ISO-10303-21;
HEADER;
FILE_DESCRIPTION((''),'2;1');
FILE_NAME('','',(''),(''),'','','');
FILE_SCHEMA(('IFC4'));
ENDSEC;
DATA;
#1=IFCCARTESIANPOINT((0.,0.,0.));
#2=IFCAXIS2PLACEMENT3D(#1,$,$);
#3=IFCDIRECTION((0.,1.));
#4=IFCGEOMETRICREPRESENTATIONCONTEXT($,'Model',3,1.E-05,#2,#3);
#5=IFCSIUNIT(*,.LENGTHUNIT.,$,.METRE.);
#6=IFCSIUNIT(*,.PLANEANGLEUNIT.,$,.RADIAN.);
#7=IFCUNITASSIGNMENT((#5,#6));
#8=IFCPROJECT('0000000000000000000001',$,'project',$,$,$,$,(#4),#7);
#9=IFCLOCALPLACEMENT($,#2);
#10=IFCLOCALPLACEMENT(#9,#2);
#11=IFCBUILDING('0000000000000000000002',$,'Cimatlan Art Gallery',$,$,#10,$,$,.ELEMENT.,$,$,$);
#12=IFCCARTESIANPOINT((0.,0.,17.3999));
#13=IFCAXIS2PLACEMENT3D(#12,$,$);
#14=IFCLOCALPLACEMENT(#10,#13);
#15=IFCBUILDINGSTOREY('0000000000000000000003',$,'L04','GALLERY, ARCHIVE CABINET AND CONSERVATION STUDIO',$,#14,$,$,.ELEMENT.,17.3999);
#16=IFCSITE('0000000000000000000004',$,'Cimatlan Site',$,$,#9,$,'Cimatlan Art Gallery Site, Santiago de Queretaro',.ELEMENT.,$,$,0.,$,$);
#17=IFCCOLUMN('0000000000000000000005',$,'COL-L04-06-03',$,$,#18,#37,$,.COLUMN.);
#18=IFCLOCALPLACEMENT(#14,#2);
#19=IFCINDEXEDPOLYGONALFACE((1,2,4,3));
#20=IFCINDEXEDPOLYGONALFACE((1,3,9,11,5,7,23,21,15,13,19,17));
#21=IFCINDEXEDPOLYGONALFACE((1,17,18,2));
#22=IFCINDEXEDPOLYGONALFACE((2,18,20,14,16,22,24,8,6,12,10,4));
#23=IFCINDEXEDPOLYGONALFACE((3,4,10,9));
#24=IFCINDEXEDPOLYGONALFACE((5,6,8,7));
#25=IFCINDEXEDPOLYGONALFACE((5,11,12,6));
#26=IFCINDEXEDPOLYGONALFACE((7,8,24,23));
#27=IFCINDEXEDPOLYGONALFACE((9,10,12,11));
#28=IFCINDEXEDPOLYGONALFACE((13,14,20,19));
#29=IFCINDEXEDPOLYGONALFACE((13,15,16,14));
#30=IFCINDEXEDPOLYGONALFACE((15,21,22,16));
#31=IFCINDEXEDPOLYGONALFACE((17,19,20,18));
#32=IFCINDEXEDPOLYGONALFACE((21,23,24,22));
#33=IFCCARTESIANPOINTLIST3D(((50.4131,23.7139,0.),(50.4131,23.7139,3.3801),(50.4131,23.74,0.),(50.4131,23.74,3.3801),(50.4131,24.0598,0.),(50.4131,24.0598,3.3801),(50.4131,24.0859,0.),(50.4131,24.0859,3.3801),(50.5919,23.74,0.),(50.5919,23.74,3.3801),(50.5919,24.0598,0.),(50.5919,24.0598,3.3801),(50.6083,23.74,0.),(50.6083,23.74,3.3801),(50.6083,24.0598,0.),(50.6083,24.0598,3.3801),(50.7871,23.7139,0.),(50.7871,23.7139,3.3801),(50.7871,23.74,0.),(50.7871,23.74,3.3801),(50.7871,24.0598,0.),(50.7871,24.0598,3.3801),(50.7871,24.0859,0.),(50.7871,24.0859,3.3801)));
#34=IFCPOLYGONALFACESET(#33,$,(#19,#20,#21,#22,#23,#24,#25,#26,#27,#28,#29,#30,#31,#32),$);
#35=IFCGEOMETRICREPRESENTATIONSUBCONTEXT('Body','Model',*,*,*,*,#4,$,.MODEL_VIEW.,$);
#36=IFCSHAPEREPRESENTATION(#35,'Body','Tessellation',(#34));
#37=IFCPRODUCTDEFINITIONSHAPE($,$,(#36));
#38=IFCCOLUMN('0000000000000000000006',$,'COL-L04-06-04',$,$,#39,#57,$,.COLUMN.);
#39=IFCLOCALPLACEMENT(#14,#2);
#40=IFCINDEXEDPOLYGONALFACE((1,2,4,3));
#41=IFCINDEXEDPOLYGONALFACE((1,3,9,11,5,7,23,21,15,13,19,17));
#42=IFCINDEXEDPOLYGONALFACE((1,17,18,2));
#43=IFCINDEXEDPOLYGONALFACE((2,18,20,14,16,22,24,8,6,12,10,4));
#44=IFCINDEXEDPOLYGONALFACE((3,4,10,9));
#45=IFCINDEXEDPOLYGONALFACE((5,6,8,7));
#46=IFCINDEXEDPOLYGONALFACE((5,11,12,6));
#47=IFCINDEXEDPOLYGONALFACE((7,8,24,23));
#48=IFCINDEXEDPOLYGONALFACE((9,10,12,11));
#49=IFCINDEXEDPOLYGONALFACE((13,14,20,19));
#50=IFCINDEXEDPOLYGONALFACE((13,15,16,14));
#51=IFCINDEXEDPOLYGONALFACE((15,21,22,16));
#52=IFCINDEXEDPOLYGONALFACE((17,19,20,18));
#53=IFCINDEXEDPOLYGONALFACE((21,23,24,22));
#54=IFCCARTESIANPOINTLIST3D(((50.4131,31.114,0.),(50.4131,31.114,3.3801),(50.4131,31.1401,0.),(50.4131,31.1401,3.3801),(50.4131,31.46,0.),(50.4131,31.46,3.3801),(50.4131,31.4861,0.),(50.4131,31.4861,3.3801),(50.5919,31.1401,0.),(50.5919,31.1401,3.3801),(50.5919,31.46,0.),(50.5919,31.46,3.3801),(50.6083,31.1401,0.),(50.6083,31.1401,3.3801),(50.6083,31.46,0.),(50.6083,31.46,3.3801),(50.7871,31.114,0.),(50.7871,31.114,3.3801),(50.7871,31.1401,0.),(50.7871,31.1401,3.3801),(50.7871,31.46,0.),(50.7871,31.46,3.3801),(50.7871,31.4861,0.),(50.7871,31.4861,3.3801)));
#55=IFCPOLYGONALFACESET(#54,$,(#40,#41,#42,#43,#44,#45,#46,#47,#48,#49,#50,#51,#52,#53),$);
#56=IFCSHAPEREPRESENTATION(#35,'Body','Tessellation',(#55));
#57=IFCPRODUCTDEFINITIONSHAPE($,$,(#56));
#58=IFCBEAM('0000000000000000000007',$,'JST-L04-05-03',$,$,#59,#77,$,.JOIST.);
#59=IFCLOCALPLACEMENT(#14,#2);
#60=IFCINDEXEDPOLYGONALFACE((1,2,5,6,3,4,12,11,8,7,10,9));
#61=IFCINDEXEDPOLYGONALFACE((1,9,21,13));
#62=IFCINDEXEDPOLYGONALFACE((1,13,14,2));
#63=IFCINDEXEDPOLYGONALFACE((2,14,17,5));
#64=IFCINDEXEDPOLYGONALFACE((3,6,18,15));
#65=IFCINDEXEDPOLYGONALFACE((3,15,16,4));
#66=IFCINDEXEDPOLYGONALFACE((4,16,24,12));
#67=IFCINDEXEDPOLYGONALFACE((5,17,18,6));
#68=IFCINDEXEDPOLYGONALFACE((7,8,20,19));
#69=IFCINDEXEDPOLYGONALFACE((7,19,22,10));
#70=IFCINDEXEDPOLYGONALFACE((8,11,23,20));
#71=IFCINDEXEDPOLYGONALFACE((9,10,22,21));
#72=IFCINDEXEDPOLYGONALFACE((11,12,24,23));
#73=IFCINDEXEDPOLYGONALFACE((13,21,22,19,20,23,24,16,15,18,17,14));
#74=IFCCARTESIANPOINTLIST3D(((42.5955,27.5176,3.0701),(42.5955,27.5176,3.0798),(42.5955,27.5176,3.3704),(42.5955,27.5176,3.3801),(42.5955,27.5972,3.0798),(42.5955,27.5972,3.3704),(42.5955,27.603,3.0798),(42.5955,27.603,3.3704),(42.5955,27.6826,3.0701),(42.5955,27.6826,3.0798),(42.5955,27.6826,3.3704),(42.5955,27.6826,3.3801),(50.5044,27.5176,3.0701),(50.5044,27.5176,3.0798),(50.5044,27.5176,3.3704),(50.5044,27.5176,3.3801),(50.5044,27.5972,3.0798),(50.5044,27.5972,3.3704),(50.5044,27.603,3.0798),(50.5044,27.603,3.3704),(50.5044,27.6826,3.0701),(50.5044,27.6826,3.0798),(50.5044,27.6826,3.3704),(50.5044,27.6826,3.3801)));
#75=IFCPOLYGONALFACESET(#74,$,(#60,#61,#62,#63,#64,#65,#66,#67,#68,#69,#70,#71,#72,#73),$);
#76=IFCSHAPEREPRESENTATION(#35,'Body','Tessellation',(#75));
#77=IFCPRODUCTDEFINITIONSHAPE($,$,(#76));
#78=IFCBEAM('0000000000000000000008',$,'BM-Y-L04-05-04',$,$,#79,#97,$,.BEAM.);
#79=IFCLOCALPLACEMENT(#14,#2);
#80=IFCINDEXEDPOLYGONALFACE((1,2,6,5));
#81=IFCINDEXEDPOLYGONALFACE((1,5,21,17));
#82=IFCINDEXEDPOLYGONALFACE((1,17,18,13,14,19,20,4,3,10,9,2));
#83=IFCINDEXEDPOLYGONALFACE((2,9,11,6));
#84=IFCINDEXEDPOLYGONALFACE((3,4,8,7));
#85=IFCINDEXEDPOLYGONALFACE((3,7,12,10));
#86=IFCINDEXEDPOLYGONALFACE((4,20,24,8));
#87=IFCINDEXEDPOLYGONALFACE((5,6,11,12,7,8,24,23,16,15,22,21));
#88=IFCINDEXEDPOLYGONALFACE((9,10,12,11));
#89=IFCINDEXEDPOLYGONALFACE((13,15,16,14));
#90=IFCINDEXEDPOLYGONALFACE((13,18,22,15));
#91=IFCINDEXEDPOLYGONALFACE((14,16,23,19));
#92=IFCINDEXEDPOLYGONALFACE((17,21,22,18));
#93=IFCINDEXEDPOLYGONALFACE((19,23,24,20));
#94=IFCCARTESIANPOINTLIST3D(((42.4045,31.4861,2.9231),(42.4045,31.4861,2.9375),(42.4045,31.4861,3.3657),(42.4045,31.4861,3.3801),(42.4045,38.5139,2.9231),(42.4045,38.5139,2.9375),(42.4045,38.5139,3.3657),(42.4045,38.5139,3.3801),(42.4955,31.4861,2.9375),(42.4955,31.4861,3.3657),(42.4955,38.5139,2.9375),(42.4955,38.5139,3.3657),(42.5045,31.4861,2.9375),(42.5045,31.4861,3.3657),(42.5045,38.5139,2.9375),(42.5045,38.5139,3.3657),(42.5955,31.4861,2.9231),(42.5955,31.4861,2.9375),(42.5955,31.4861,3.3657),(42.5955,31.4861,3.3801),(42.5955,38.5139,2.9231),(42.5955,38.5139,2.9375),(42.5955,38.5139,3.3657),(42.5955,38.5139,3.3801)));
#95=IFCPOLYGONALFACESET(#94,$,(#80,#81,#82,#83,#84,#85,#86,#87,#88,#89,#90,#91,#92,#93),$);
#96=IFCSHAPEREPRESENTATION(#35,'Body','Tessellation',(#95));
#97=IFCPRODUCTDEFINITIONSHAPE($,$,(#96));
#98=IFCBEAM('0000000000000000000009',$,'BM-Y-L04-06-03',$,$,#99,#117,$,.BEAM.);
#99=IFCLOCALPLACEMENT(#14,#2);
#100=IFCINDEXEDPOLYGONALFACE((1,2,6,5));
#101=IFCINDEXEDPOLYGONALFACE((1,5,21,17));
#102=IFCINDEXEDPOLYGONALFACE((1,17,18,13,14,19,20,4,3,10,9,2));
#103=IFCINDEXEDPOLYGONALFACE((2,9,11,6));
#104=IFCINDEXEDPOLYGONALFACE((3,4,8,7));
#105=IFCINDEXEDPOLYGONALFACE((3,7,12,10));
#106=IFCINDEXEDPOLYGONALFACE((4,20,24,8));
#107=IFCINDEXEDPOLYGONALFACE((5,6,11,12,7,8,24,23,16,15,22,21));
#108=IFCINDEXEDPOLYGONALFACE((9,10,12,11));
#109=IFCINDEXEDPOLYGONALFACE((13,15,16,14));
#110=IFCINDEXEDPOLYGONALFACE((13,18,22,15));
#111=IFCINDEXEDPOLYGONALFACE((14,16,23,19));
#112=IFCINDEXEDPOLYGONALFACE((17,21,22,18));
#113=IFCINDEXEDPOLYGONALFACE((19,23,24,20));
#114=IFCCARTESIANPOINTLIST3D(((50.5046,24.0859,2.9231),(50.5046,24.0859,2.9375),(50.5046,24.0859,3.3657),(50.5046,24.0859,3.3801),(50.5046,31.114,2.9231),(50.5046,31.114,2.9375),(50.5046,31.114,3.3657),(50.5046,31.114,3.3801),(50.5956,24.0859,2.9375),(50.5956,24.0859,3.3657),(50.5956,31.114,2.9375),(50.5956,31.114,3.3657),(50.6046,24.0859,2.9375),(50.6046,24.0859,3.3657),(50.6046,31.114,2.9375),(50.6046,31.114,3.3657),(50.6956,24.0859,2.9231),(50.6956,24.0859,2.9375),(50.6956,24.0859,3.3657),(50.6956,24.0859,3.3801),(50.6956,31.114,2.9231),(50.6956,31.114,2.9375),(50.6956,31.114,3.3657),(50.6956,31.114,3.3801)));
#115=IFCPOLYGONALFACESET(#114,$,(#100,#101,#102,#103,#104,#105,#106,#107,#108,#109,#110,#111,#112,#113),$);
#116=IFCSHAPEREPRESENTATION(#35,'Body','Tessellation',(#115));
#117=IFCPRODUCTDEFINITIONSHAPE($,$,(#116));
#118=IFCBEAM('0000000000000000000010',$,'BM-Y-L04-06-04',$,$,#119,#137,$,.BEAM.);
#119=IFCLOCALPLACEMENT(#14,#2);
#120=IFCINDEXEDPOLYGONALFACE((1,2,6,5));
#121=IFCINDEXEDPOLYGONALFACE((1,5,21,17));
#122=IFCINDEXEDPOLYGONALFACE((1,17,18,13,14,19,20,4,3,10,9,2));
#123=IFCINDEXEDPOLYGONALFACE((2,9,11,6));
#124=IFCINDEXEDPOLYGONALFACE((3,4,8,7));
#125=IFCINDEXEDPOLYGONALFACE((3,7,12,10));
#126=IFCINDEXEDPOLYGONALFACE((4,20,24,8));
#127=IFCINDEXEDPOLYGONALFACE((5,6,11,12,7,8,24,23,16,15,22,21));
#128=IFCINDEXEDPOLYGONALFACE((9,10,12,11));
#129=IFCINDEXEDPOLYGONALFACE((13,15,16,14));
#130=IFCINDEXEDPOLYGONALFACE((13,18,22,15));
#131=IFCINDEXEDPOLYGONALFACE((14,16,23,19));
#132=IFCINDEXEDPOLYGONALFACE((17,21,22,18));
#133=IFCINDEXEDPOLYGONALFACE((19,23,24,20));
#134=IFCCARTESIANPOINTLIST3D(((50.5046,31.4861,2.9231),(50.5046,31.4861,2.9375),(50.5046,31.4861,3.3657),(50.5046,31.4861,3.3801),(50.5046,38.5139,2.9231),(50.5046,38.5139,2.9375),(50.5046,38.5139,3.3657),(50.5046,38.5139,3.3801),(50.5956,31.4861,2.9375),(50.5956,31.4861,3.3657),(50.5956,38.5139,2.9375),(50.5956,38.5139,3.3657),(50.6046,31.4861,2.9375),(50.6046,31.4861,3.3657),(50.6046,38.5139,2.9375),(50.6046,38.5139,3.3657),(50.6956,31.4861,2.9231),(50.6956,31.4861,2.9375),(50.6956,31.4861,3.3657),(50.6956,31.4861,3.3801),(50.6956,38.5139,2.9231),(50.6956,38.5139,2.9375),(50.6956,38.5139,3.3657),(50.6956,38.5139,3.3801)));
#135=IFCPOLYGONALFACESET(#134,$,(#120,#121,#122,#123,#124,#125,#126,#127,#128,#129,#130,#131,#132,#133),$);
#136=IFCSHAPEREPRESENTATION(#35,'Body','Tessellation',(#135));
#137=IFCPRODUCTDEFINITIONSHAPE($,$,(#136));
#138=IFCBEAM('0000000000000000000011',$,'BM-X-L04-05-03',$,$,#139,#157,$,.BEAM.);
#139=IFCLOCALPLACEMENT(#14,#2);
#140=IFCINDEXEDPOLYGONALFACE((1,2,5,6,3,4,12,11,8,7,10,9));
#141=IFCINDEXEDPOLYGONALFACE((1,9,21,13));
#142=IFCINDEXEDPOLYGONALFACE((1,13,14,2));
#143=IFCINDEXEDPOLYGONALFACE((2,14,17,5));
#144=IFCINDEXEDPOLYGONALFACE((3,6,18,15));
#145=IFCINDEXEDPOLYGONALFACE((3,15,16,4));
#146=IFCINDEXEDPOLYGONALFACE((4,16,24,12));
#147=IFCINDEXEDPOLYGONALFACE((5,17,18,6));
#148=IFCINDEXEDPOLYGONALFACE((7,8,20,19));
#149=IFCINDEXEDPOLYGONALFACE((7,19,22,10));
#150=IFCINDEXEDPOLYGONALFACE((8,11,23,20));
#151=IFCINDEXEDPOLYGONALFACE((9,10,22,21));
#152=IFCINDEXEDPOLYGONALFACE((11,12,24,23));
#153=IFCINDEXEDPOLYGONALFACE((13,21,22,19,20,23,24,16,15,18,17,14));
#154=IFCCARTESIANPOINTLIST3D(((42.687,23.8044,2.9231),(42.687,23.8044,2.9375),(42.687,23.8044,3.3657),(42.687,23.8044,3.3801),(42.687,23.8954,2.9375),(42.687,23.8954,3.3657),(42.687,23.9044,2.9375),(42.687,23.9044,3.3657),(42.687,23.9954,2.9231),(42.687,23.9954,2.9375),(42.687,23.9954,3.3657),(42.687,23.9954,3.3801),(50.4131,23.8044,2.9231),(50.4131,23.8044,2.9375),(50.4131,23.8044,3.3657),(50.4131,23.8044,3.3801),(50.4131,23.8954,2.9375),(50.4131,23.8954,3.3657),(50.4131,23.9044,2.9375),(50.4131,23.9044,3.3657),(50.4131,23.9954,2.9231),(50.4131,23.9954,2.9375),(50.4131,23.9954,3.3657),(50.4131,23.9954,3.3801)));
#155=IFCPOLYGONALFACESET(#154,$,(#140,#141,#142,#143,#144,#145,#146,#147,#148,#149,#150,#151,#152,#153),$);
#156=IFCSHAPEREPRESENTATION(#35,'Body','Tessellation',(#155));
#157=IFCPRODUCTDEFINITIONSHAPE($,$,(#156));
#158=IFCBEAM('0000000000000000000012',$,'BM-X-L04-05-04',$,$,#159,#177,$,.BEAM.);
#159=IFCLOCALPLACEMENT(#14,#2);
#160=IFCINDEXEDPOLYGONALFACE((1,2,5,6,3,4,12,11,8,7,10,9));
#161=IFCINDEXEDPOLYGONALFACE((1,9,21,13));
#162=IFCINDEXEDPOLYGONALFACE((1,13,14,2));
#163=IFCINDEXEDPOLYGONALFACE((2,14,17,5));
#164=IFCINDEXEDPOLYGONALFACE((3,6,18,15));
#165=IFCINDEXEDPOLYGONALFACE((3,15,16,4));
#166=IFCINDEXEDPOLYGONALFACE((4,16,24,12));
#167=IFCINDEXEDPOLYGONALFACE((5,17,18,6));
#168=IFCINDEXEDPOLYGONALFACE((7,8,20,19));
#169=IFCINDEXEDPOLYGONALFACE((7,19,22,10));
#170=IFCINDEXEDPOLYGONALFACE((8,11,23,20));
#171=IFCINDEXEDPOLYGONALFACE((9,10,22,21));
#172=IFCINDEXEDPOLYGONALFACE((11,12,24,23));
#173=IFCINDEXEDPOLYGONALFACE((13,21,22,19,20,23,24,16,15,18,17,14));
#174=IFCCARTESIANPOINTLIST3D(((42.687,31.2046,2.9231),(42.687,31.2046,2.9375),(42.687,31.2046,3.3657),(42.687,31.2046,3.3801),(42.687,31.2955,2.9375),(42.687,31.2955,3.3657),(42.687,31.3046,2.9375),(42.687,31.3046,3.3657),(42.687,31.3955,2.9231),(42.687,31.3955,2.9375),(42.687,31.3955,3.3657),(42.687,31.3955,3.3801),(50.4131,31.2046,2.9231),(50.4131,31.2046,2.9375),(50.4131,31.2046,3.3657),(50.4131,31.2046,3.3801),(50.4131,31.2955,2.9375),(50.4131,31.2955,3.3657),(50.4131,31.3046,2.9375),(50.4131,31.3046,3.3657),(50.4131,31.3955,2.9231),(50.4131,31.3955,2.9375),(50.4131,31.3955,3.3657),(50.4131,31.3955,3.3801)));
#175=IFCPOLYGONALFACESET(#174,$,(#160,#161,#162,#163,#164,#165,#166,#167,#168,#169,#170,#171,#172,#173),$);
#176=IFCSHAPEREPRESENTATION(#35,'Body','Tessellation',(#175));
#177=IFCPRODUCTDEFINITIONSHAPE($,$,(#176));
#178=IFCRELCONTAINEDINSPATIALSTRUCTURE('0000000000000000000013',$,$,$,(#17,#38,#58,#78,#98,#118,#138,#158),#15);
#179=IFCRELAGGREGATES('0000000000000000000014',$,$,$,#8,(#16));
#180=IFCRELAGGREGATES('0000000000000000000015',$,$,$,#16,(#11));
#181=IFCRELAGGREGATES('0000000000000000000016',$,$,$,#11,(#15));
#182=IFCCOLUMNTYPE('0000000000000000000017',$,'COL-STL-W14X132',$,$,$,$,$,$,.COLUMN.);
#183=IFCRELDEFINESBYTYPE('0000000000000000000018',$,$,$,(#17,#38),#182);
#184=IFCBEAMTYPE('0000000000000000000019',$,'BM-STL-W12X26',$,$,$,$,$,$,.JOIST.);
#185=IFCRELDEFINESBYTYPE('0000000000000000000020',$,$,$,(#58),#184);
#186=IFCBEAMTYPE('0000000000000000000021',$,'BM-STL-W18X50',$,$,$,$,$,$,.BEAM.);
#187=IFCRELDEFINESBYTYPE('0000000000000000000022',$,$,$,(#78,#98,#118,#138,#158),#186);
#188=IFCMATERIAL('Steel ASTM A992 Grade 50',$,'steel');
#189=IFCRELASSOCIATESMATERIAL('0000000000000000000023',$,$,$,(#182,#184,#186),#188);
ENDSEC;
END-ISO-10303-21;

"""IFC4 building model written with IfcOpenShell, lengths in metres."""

from ifc_helpers import new_model, si_unit, direction, frame, origin, origin_2d, place, context, subcontext, project, spatial, i_section, extrude, material, material_profile, profile_set, type_object, element, save


model = new_model("IFC4")

# Units and contexts
model_context = context("Model", 3, precision=1e-05, world=origin(), true_north=direction((0.0, 1.0)))
body_context = subcontext(model_context, "Body", "Model", "MODEL_VIEW")
ifc_project = project(units=[si_unit("LENGTHUNIT", "METRE"), si_unit("PLANEANGLEUNIT", "RADIAN")], contexts=[model_context])

# Site, building, storey
site_placement = place(None, origin())
site = spatial("IfcSite", under=ifc_project, at=site_placement, Name="Cimatlan Site", LongName="Cimatlan Art Gallery Site, Santiago de Queretaro", CompositionType="ELEMENT", RefElevation=0.0)
building_placement = place(site_placement, origin())
building = spatial("IfcBuilding", under=site, at=building_placement, Name="Cimatlan Art Gallery", CompositionType="ELEMENT")
storey_placement = place(building_placement, frame((0.0, 0.0, 17.3999)))
storey = spatial("IfcBuildingStorey", under=building, at=storey_placement, Name="L04", Description="GALLERY, ARCHIVE CABINET AND CONSERVATION STUDIO", CompositionType="ELEMENT", Elevation=17.3999)

# Columns
ifc_material_1 = material(Name="Steel ASTM A992 Grade 50", Category="steel")
ifc_material_profile_1 = material_profile(ifc_material_1, i_section(OverallWidth=0.374, OverallDepth=0.3721, WebThickness=0.0164, FlangeThickness=0.0261, at=origin_2d()), Name="W14X132")
ifc_profile_set_1 = profile_set([ifc_material_profile_1], Name="Steel ASTM A992 Grade 50")
column_type = type_object("IfcColumnType", Name="COL-STL-W14X132", PredefinedType="COLUMN", material=ifc_profile_set_1)
for number, where, z_axis, x_axis, name in (
    (1, (50.6001, 23.8999, 0.0), (0.0, 0.0, 1.0), (1.0, 0.0, 0.0), "COL-L04-06-03"),
    (2, (50.6001, 31.3, 0.0), (0.0, 0.0, 1.0), (1.0, 0.0, 0.0), "COL-L04-06-04"),
):
    element("IfcColumn", number, at=place(storey_placement, frame(where, z_axis=z_axis, x_axis=x_axis)), inside=storey, type_object=column_type, Name=name, PredefinedType="COLUMN", context=body_context, shape_type="SweptSolid", body=[
        extrude(i_section(OverallWidth=0.374, OverallDepth=0.3721, WebThickness=0.0164, FlangeThickness=0.0261, at=origin_2d()), origin(), (0.0, 0.0, 1.0), 3.3801),
    ])

# Beams
ifc_material_profile_2 = material_profile(ifc_material_1, i_section(OverallWidth=0.165, OverallDepth=0.3101, WebThickness=0.0059, FlangeThickness=0.0098, at=origin_2d()), Name="W12X26")
ifc_profile_set_2 = profile_set([ifc_material_profile_2], Name="Steel ASTM A992 Grade 50")
beam_type_1 = type_object("IfcBeamType", Name="BM-STL-W12X26", PredefinedType="JOIST", material=ifc_profile_set_2)
beam_1_placement = place(storey_placement, frame((42.5955, 27.6001, 3.2251), z_axis=(1.0, 0.0, 0.0), x_axis=(0.0, 1.0, 0.0)))
element("IfcBeam", 3, at=beam_1_placement, inside=storey, type_object=beam_type_1, Name="JST-L04-05-03", PredefinedType="JOIST", context=body_context, shape_type="SweptSolid", body=[
    extrude(i_section(OverallWidth=0.165, OverallDepth=0.3101, WebThickness=0.0059, FlangeThickness=0.0098, at=origin_2d()), origin(), (0.0, 0.0, 1.0), 7.9089),
])
ifc_material_profile_3 = material_profile(ifc_material_1, i_section(OverallWidth=0.1909, OverallDepth=0.457, WebThickness=0.009, FlangeThickness=0.0144, at=origin_2d()), Name="W18X50")
ifc_profile_set_3 = profile_set([ifc_material_profile_3], Name="Steel ASTM A992 Grade 50")
beam_type_2 = type_object("IfcBeamType", Name="BM-STL-W18X50", PredefinedType="BEAM", material=ifc_profile_set_3)
beam_2_placement = place(storey_placement, frame((42.5, 31.4861, 3.1516), z_axis=(0.0, 1.0, 0.0), x_axis=(-1.0, 0.0, 0.0)))
element("IfcBeam", 4, at=beam_2_placement, inside=storey, type_object=beam_type_2, Name="BM-Y-L04-05-04", PredefinedType="BEAM", context=body_context, shape_type="SweptSolid", body=[
    extrude(i_section(OverallWidth=0.1909, OverallDepth=0.457, WebThickness=0.009, FlangeThickness=0.0144, at=origin_2d()), origin(), (0.0, 0.0, 1.0), 7.0278),
])
beam_3_placement = place(storey_placement, frame((50.6001, 24.0859, 3.1516), z_axis=(0.0, 1.0, 0.0), x_axis=(-1.0, 0.0, 0.0)))
element("IfcBeam", 5, at=beam_3_placement, inside=storey, type_object=beam_type_2, Name="BM-Y-L04-06-03", PredefinedType="BEAM", context=body_context, shape_type="SweptSolid", body=[
    extrude(i_section(OverallWidth=0.1909, OverallDepth=0.457, WebThickness=0.009, FlangeThickness=0.0144, at=origin_2d()), origin(), (0.0, 0.0, 1.0), 7.0281),
])
beam_4_placement = place(storey_placement, frame((50.6001, 31.4861, 3.1516), z_axis=(0.0, 1.0, 0.0), x_axis=(-1.0, 0.0, 0.0)))
element("IfcBeam", 6, at=beam_4_placement, inside=storey, type_object=beam_type_2, Name="BM-Y-L04-06-04", PredefinedType="BEAM", context=body_context, shape_type="SweptSolid", body=[
    extrude(i_section(OverallWidth=0.1909, OverallDepth=0.457, WebThickness=0.009, FlangeThickness=0.0144, at=origin_2d()), origin(), (0.0, 0.0, 1.0), 7.0278),
])
for number, where, z_axis, x_axis, name in (
    (7, (42.687, 23.8999, 3.1516), (1.0, 0.0, 0.0), (0.0, 1.0, 0.0), "BM-X-L04-05-03"),
    (8, (42.687, 31.3, 3.1516), (1.0, 0.0, 0.0), (0.0, 1.0, 0.0), "BM-X-L04-05-04"),
):
    element("IfcBeam", number, at=place(storey_placement, frame(where, z_axis=z_axis, x_axis=x_axis)), inside=storey, type_object=beam_type_2, Name=name, PredefinedType="BEAM", context=body_context, shape_type="SweptSolid", body=[
        extrude(i_section(OverallWidth=0.1909, OverallDepth=0.457, WebThickness=0.009, FlangeThickness=0.0144, at=origin_2d()), origin(), (0.0, 0.0, 1.0), 7.7261),
    ])

save(model, "model.ifc")
